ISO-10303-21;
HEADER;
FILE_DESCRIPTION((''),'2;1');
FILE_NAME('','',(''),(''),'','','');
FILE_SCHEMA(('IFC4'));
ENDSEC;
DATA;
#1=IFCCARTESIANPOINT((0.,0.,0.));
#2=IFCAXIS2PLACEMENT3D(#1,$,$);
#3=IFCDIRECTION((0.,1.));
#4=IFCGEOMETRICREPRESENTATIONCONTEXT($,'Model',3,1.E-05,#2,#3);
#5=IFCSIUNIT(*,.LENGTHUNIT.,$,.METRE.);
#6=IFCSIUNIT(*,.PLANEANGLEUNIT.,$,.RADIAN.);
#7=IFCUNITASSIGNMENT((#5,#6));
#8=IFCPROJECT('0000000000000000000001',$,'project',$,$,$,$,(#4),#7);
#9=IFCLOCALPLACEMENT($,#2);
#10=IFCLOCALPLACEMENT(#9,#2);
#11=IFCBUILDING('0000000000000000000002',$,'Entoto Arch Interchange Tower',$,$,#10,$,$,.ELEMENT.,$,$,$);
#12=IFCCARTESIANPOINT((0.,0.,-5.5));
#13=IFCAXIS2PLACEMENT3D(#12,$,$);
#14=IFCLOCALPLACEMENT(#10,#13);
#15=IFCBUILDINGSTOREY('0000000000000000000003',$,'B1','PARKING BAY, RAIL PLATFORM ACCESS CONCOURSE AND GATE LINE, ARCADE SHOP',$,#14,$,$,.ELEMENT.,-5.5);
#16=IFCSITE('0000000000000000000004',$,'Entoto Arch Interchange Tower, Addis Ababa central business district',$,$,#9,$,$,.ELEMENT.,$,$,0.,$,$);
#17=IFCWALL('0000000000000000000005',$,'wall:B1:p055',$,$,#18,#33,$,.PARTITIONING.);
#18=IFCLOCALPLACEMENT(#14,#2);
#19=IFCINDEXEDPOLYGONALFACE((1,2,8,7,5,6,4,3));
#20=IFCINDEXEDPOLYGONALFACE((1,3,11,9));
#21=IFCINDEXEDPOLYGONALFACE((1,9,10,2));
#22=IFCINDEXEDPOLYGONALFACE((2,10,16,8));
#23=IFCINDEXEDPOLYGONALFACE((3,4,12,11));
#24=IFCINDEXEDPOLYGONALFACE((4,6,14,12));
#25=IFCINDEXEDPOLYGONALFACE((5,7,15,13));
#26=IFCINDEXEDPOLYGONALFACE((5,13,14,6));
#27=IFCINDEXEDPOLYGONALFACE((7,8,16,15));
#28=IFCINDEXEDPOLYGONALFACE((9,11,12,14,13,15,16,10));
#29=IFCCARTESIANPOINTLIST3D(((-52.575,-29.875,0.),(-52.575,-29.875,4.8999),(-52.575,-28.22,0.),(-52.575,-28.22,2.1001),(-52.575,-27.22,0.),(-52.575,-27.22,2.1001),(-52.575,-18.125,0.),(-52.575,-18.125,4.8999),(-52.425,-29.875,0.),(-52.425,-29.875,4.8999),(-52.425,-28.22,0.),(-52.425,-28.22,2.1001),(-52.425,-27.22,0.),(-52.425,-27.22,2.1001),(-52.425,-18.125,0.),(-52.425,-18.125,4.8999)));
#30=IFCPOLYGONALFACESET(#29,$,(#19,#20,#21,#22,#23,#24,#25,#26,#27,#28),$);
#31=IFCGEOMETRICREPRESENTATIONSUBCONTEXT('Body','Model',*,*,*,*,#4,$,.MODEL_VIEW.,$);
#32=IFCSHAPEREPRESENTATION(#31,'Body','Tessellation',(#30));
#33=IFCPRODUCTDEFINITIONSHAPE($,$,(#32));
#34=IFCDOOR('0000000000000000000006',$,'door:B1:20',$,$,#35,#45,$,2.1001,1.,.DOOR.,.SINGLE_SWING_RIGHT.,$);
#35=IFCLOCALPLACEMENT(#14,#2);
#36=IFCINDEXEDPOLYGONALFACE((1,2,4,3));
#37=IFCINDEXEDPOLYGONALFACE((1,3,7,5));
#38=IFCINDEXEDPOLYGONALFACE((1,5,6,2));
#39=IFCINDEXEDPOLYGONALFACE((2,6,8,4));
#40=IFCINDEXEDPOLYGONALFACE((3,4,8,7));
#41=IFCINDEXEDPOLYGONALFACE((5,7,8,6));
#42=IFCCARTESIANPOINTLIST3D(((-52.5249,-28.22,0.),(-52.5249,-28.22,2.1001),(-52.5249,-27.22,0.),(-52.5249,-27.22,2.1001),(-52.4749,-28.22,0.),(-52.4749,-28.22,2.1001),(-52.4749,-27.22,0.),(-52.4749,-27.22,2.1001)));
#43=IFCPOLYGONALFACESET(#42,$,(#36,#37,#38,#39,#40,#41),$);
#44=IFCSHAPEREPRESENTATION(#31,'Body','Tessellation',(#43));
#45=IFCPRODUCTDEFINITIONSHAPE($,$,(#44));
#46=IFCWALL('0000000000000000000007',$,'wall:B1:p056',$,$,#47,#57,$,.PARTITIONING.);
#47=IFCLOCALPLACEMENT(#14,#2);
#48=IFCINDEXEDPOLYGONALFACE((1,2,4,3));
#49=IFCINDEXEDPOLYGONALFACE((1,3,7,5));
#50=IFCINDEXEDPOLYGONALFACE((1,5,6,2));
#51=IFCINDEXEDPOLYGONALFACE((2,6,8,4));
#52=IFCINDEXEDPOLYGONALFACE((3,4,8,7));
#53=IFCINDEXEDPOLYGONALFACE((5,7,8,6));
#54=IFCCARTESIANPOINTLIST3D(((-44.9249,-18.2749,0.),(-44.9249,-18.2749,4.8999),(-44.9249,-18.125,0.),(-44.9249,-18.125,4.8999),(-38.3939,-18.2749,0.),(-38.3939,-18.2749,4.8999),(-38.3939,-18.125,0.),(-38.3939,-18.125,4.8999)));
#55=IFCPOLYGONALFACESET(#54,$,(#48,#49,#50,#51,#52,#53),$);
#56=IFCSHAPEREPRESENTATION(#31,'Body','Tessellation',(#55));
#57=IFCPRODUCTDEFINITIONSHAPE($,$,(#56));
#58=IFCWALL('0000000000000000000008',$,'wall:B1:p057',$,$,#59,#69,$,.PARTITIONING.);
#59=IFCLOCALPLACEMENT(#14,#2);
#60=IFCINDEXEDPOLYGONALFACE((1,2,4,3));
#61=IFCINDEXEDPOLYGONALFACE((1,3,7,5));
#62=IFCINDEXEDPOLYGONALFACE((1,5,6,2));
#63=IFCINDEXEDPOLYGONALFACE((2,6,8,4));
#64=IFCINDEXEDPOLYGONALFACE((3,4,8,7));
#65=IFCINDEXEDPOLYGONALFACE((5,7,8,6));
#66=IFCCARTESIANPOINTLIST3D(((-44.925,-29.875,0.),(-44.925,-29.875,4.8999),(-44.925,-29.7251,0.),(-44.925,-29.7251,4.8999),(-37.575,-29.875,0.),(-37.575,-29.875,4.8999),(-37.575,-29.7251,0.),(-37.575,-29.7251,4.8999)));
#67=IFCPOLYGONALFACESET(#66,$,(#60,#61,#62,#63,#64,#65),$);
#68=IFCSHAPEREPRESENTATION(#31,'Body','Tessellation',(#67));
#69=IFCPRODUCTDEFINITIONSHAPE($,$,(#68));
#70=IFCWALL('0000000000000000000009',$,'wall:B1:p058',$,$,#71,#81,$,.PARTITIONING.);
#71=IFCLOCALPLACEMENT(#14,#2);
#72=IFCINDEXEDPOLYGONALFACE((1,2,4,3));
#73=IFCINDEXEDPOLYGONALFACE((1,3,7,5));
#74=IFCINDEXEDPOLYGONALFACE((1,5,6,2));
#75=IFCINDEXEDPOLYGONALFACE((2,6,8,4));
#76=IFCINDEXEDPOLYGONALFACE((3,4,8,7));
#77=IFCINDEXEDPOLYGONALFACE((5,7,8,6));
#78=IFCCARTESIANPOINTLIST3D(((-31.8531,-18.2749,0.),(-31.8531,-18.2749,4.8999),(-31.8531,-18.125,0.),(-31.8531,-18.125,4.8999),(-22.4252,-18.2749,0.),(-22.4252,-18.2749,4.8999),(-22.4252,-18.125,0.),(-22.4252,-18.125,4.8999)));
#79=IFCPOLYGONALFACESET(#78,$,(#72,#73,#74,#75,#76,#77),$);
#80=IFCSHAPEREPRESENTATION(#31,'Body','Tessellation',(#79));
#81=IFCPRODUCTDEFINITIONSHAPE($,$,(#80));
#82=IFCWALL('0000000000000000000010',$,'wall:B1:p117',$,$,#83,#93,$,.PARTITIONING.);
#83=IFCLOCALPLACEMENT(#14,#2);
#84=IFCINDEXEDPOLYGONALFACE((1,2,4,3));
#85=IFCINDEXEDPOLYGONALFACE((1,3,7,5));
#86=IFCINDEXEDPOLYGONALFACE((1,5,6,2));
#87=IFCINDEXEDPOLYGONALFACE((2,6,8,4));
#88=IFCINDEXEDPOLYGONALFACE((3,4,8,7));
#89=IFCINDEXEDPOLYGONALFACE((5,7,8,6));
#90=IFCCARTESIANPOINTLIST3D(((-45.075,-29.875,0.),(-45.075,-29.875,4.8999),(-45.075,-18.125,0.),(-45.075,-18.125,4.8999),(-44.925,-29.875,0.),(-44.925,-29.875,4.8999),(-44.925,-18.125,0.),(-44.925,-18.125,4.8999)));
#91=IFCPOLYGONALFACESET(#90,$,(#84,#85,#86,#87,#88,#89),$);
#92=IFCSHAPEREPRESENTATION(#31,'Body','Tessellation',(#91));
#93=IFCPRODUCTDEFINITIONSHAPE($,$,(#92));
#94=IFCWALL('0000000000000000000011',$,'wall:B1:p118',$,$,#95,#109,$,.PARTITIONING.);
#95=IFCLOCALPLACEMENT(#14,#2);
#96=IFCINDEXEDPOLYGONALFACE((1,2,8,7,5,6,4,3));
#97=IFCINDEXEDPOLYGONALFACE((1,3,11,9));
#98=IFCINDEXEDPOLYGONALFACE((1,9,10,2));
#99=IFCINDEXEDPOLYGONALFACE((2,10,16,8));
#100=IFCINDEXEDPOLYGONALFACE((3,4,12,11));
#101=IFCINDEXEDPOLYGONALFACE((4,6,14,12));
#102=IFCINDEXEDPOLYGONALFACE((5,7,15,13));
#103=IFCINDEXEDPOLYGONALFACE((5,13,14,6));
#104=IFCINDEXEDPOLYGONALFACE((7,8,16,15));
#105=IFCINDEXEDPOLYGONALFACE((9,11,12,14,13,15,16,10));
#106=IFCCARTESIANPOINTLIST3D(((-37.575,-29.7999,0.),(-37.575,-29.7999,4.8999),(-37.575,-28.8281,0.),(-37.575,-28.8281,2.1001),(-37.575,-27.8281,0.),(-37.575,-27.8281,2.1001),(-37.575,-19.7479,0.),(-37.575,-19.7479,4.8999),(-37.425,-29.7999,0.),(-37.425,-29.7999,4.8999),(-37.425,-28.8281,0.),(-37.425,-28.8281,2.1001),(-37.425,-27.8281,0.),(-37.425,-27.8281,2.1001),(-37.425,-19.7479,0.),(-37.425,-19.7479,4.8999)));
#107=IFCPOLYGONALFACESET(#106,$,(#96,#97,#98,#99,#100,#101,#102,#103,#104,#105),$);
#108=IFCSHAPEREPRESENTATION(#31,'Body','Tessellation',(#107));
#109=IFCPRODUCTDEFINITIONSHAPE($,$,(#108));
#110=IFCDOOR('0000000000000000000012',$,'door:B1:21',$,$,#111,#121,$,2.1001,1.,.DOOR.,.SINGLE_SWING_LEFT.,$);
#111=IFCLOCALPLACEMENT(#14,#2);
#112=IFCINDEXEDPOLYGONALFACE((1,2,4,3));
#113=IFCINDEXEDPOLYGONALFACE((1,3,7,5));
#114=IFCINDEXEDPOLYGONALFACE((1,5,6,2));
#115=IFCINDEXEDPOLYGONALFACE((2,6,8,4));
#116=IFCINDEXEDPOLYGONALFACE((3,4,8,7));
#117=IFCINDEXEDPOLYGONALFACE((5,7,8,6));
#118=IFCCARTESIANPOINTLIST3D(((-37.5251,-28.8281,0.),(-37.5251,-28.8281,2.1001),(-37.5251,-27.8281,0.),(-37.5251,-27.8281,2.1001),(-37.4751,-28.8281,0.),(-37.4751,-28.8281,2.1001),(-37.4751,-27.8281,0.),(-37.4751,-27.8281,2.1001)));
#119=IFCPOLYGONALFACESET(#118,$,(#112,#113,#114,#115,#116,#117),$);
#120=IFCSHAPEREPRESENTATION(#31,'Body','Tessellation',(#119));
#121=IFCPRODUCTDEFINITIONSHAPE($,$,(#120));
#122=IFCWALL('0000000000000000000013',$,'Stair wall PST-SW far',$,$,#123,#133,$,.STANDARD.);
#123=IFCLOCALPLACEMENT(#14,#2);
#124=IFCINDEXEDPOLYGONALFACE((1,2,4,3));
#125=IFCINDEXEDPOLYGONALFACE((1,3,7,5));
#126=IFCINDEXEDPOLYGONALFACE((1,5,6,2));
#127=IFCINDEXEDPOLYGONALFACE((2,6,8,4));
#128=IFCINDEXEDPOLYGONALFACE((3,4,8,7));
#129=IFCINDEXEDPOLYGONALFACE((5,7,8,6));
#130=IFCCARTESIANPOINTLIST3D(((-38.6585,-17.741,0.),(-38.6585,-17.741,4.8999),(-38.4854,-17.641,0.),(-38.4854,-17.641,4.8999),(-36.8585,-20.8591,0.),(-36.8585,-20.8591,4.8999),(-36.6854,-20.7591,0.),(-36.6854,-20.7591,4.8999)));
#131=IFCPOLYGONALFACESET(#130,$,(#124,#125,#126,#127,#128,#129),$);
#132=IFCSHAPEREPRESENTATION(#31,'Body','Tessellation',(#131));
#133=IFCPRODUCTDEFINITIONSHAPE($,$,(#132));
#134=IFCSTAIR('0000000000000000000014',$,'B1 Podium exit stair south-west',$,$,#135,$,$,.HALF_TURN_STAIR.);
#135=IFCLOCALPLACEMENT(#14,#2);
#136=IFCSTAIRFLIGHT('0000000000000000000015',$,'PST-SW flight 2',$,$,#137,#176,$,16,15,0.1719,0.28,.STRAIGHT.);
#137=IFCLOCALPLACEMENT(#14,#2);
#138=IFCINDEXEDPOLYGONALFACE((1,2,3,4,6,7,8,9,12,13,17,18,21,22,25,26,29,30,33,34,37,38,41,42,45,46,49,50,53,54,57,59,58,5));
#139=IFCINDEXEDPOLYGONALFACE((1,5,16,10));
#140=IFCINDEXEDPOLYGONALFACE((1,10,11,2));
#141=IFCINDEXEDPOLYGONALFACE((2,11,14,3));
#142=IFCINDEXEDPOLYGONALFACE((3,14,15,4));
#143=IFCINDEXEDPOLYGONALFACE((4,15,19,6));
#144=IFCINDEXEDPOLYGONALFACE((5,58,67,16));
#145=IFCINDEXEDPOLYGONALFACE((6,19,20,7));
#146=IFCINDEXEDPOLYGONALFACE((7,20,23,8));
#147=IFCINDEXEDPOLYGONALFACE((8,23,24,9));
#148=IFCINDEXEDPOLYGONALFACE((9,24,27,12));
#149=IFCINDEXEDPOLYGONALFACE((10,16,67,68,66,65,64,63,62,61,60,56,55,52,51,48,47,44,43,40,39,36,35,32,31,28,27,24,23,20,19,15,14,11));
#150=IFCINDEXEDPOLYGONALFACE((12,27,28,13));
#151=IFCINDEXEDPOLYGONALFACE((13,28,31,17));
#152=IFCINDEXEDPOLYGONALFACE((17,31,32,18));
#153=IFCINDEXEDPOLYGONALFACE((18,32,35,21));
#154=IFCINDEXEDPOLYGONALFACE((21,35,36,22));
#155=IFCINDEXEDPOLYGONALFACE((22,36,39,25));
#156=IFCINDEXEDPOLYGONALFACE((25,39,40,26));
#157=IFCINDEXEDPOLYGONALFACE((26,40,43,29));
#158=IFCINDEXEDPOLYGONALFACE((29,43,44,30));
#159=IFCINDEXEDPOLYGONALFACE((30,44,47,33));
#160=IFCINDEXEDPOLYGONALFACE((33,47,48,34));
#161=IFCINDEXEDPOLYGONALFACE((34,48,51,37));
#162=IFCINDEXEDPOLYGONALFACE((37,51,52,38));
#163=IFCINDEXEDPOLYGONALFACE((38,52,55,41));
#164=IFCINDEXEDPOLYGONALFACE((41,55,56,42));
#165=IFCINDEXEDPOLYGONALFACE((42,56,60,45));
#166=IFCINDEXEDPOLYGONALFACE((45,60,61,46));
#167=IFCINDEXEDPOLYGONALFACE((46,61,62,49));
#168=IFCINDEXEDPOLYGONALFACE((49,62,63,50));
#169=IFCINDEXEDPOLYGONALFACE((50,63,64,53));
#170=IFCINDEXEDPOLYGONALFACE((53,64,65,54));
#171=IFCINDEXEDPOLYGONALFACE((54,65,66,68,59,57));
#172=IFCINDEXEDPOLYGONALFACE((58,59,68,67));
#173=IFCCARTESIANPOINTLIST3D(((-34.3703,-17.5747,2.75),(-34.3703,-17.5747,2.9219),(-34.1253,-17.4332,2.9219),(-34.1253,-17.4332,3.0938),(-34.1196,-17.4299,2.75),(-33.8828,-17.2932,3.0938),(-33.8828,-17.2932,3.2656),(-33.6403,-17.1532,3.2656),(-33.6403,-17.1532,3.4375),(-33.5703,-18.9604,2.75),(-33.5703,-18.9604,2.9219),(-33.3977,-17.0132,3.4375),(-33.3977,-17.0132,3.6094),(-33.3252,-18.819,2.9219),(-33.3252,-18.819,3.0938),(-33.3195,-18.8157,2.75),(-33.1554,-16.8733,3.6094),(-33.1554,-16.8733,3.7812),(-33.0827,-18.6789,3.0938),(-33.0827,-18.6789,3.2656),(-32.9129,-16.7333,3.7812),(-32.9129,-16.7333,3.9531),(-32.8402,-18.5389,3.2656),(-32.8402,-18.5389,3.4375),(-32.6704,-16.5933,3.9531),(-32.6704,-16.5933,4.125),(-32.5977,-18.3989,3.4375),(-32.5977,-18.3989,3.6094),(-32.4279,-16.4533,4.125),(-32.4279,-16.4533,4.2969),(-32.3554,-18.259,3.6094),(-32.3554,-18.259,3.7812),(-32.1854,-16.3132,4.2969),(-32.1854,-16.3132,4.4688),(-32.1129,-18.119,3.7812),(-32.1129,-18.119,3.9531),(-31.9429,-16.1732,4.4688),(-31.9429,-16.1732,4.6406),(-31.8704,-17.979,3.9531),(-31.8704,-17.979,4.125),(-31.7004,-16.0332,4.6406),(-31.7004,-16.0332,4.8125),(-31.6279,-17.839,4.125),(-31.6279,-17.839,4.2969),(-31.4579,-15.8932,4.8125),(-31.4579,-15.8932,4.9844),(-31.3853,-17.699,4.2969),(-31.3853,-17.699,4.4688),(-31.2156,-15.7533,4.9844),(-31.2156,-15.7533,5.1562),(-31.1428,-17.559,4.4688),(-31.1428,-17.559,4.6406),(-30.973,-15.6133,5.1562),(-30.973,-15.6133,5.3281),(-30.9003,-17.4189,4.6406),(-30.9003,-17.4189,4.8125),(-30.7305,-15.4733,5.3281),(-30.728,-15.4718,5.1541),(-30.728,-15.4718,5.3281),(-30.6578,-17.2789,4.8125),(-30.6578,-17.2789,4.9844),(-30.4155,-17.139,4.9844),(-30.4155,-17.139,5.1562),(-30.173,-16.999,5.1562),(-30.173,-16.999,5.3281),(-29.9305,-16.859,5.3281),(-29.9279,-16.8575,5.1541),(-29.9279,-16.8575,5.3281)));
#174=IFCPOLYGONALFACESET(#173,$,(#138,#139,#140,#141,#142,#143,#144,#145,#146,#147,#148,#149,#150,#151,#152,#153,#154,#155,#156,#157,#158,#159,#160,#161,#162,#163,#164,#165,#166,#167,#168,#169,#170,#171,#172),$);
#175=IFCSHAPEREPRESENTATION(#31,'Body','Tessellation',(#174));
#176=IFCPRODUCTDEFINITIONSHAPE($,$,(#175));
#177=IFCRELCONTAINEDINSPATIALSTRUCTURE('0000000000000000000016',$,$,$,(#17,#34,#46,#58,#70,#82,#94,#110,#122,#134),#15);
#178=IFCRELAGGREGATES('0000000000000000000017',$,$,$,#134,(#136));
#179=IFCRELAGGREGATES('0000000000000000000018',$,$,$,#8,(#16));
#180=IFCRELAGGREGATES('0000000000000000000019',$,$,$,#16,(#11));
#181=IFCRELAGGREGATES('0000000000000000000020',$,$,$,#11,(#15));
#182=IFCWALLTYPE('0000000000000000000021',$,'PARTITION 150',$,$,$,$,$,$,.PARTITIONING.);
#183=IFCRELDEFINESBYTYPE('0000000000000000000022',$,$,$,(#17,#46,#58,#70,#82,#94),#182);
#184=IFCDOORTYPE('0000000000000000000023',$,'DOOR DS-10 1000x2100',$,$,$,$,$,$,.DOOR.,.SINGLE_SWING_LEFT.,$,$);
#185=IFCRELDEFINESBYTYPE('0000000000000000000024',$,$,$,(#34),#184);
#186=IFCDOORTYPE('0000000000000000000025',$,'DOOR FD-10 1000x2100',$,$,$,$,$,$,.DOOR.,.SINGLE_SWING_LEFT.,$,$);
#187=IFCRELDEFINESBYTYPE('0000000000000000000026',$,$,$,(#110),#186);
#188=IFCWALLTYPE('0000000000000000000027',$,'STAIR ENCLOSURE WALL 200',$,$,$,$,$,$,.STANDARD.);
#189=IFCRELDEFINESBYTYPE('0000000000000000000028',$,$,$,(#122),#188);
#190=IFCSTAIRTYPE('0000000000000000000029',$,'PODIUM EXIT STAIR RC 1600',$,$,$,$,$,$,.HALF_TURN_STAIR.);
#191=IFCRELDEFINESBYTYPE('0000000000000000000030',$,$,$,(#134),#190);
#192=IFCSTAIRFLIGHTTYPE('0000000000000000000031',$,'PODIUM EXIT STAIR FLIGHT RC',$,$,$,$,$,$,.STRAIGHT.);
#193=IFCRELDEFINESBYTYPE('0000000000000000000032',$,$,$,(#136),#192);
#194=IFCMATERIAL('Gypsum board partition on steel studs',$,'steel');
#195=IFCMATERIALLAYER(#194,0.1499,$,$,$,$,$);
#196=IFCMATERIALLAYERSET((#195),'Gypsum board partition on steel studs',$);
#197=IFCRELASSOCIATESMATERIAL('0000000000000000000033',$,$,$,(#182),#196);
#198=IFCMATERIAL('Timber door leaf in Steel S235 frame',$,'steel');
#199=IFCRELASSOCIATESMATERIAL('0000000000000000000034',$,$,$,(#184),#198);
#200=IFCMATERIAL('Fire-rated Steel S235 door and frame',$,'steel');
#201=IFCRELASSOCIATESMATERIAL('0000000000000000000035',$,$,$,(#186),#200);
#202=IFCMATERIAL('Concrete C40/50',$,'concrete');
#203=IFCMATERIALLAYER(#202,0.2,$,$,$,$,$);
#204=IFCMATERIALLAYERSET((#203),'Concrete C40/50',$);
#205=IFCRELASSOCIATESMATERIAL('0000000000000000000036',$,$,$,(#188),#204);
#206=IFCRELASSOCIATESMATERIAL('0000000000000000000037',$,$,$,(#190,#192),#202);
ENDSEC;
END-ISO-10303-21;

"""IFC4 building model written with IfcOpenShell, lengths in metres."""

from ifc_helpers import new_model, si_unit, direction, frame, frame_2d, origin, place, context, subcontext, project, spatial, polyline, rectangle, outline, extrude, material, layer, layer_set, type_object, element, fill, aggregate, save


model = new_model("IFC4")

# Units and contexts
model_context = context("Model", 3, precision=1e-05, world=origin(), true_north=direction((0.0, 1.0)))
body_context = subcontext(model_context, "Body", "Model", "MODEL_VIEW")
ifc_project = project(units=[si_unit("LENGTHUNIT", "METRE"), si_unit("PLANEANGLEUNIT", "RADIAN")], contexts=[model_context])

# Site, building, storey
site_placement = place(None, origin())
site = spatial("IfcSite", under=ifc_project, at=site_placement, Name="Entoto Arch Interchange Tower, Addis Ababa central business district", CompositionType="ELEMENT", RefElevation=0.0)
building_placement = place(site_placement, origin())
building = spatial("IfcBuilding", under=site, at=building_placement, Name="Entoto Arch Interchange Tower", CompositionType="ELEMENT")
storey_placement = place(building_placement, frame((0.0, 0.0, -5.5)))
storey = spatial("IfcBuildingStorey", under=building, at=storey_placement, Name="B1", Description="PARKING BAY, RAIL PLATFORM ACCESS CONCOURSE AND GATE LINE, ARCADE SHOP", CompositionType="ELEMENT", Elevation=-5.5)

# Shared definitions
ifc_material_1 = material(Name="Concrete C40/50", Category="concrete")

# Shared definitions
ifc_material_2 = material(Name="Gypsum board partition on steel studs", Category="steel")
ifc_layer_1 = layer(ifc_material_2, 0.1499)
ifc_layer_set_1 = layer_set([ifc_layer_1], Name="Gypsum board partition on steel studs")
wall_type_1 = type_object("IfcWallType", Name="PARTITION 150", PredefinedType="PARTITIONING", material=ifc_layer_set_1)

# Wall, opening, door
wall_1_placement = place(storey_placement, frame((-52.5, -29.875, 0.0), z_axis=(0.0, 0.0, 1.0), x_axis=(0.0, 1.0, 0.0)))
wall_1 = element("IfcWall", 1, at=wall_1_placement, inside=storey, type_object=wall_type_1, Name="wall:B1:p055", PredefinedType="PARTITIONING", context=body_context, shape_type="SweptSolid", body=[
    extrude(rectangle(XDim=11.75, YDim=0.1499, at=frame_2d((5.875, 0.0))), origin(), (0.0, 0.0, 1.0), 4.8999),
])
opening_1_placement = place(wall_1_placement, frame((1.655, 0.0, 0.0)))
opening_1 = element("IfcOpeningElement", 2, at=opening_1_placement, cuts=wall_1, PredefinedType="OPENING", context=body_context, shape_type="SweptSolid", body=[
    extrude(rectangle(XDim=1.0, YDim=2.1001, at=frame_2d((0.5, 1.05))), frame((0.0, 0.085, 0.0), z_axis=(0.0, -1.0, 0.0), x_axis=(1.0, 0.0, 0.0)), (0.0, 0.0, 1.0), 0.1699),
])
ifc_material_3 = material(Name="Timber door leaf in Steel S235 frame", Category="steel")
door_type_1 = type_object("IfcDoorType", Name="DOOR DS-10 1000x2100", OperationType="SINGLE_SWING_LEFT", PredefinedType="DOOR", material=ifc_material_3)
door_1_placement = place(opening_1_placement, origin())
door_1 = element("IfcDoor", 3, at=door_1_placement, inside=storey, type_object=door_type_1, Name="door:B1:20", OperationType="SINGLE_SWING_RIGHT", OverallHeight=2.1001, OverallWidth=1.0, PredefinedType="DOOR", context=body_context, shape_type="SweptSolid", body=[
    extrude(rectangle(XDim=1.0, YDim=2.1001, at=frame_2d((0.5, 1.05))), frame((0.0, 0.0249, 0.0), z_axis=(0.0, -1.0, 0.0), x_axis=(1.0, 0.0, 0.0)), (0.0, 0.0, 1.0), 0.05),
])
fill(opening_1, door_1)

# Walls
wall_2_placement = place(storey_placement, frame((-44.925, -18.2, 0.0), z_axis=(0.0, 0.0, 1.0), x_axis=(1.0, 0.0, 0.0)))
element("IfcWall", 4, at=wall_2_placement, inside=storey, type_object=wall_type_1, Name="wall:B1:p056", PredefinedType="PARTITIONING", context=body_context, shape_type="SweptSolid", body=[
    extrude(rectangle(XDim=6.531, YDim=0.1499, at=frame_2d((3.2656, 0.0))), origin(), (0.0, 0.0, 1.0), 4.8999),
])
wall_3_placement = place(storey_placement, frame((-37.575, -29.8, 0.0), z_axis=(0.0, 0.0, 1.0), x_axis=(-1.0, 0.0, 0.0)))
element("IfcWall", 5, at=wall_3_placement, inside=storey, type_object=wall_type_1, Name="wall:B1:p057", PredefinedType="PARTITIONING", context=body_context, shape_type="SweptSolid", body=[
    extrude(rectangle(XDim=7.3501, YDim=0.1499, at=frame_2d((3.675, 0.0))), origin(), (0.0, 0.0, 1.0), 4.8999),
])
wall_4_placement = place(storey_placement, frame((-31.853, -18.2, 0.0), z_axis=(0.0, 0.0, 1.0), x_axis=(1.0, 0.0, 0.0)))
element("IfcWall", 6, at=wall_4_placement, inside=storey, type_object=wall_type_1, Name="wall:B1:p058", PredefinedType="PARTITIONING", context=body_context, shape_type="SweptSolid", body=[
    extrude(rectangle(XDim=9.428, YDim=0.1499, at=frame_2d((4.7139, 0.0))), origin(), (0.0, 0.0, 1.0), 4.8999),
])
wall_5_placement = place(storey_placement, frame((-45.0, -18.125, 0.0), z_axis=(0.0, 0.0, 1.0), x_axis=(0.0, -1.0, 0.0)))
element("IfcWall", 7, at=wall_5_placement, inside=storey, type_object=wall_type_1, Name="wall:B1:p117", PredefinedType="PARTITIONING", context=body_context, shape_type="SweptSolid", body=[
    extrude(rectangle(XDim=11.75, YDim=0.1499, at=frame_2d((5.875, 0.0))), origin(), (0.0, 0.0, 1.0), 4.8999),
])

# Wall, opening, door
wall_6_placement = place(storey_placement, frame((-37.5, -19.748, 0.0), z_axis=(0.0, 0.0, 1.0), x_axis=(0.0, -1.0, 0.0)))
wall_6 = element("IfcWall", 8, at=wall_6_placement, inside=storey, type_object=wall_type_1, Name="wall:B1:p118", PredefinedType="PARTITIONING", context=body_context, shape_type="SweptSolid", body=[
    extrude(rectangle(XDim=10.052, YDim=0.1499, at=frame_2d((5.0259, 0.0))), origin(), (0.0, 0.0, 1.0), 4.8999),
])
opening_2_placement = place(wall_6_placement, frame((8.0801, 0.0, 0.0)))
opening_2 = element("IfcOpeningElement", 9, at=opening_2_placement, cuts=wall_6, PredefinedType="OPENING", context=body_context, shape_type="SweptSolid", body=[
    extrude(rectangle(XDim=1.0, YDim=2.1001, at=frame_2d((0.5, 1.05))), frame((0.0, 0.085, 0.0), z_axis=(0.0, -1.0, 0.0), x_axis=(1.0, 0.0, 0.0)), (0.0, 0.0, 1.0), 0.1699),
])
ifc_material_4 = material(Name="Fire-rated Steel S235 door and frame", Category="steel")
door_type_2 = type_object("IfcDoorType", Name="DOOR FD-10 1000x2100", OperationType="SINGLE_SWING_LEFT", PredefinedType="DOOR", material=ifc_material_4)
door_2_placement = place(opening_2_placement, origin())
door_2 = element("IfcDoor", 10, at=door_2_placement, inside=storey, type_object=door_type_2, Name="door:B1:21", OperationType="SINGLE_SWING_LEFT", OverallHeight=2.1001, OverallWidth=1.0, PredefinedType="DOOR", context=body_context, shape_type="SweptSolid", body=[
    extrude(rectangle(XDim=1.0, YDim=2.1001, at=frame_2d((0.5, 1.05))), frame((0.0, 0.0249, 0.0), z_axis=(0.0, -1.0, 0.0), x_axis=(1.0, 0.0, 0.0)), (0.0, 0.0, 1.0), 0.05),
])
fill(opening_2, door_2)

# Wall
ifc_layer_2 = layer(ifc_material_1, 0.2)
ifc_layer_set_2 = layer_set([ifc_layer_2], Name="Concrete C40/50")
wall_type_2 = type_object("IfcWallType", Name="STAIR ENCLOSURE WALL 200", PredefinedType="STANDARD", material=ifc_layer_set_2)
wall_7_placement = place(storey_placement, frame((-38.572, -17.6909, 0.0), z_axis=(0.0, 0.0, 1.0), x_axis=(0.499953, -0.866052, 0.0)))
element("IfcWall", 11, at=wall_7_placement, inside=storey, type_object=wall_type_2, Name="Stair wall PST-SW far", PredefinedType="STANDARD", context=body_context, shape_type="SweptSolid", body=[
    extrude(rectangle(XDim=3.6003, YDim=0.2, at=frame_2d((1.8003, 0.0))), origin(), (0.0, 0.0, 1.0), 4.8999),
])

# Stair, stair flight
stair_type = type_object("IfcStairType", Name="PODIUM EXIT STAIR RC 1600", PredefinedType="HALF_TURN_STAIR", material=ifc_material_1)
stair_placement = place(storey_placement, origin())
stair = element("IfcStair", 12, at=stair_placement, inside=storey, type_object=stair_type, Name="B1 Podium exit stair south-west", PredefinedType="HALF_TURN_STAIR")
stair_flight_type = type_object("IfcStairFlightType", Name="PODIUM EXIT STAIR FLIGHT RC", PredefinedType="STRAIGHT", material=ifc_material_1)
stair_flight_placement = place(storey_placement, frame((-33.9678, -18.2661, 2.75), z_axis=(0.0, 0.0, 1.0), x_axis=(0.866025, 0.5, 0.0)))
stair_flight = element("IfcStairFlight", 13, at=stair_flight_placement, type_object=stair_flight_type, Name="PST-SW flight 2", NumberOfRisers=16, NumberOfTreads=15, PredefinedType="STRAIGHT", RiserHeight=0.1719, TreadLength=0.28, context=body_context, shape_type="SweptSolid", body=[
    extrude(outline(polyline([(-0.0029, 0.0), (-0.0029, 0.1719), (0.28, 0.1719), (0.28, 0.3438), (0.5601, 0.3438), (0.5601, 0.5156), (0.8401, 0.5156), (0.8401, 0.6875), (1.1201, 0.6875), (1.1201, 0.8594), (1.3999, 0.8594), (1.3999, 1.0312), (1.6799, 1.0312), (1.6799, 1.2031), (1.96, 1.2031), (1.96, 1.375), (2.24, 1.375), (2.24, 1.5469), (2.52, 1.5469), (2.52, 1.7188), (2.8, 1.7188), (2.8, 1.8906), (3.0801, 1.8906), (3.0801, 2.0625), (3.3601, 2.0625), (3.3601, 2.2344), (3.6399, 2.2344), (3.6399, 2.4062), (3.9199, 2.4062), (3.9199, 2.5781), (4.2, 2.5781), (4.2029, 2.5781), (4.2029, 2.4041), (0.2866, 0.0), (-0.0029, 0.0)])), frame((0.0, 0.8, 0.0), z_axis=(0.0, -1.0, 0.0), x_axis=(1.0, 0.0, 0.0)), (0.0, 0.0, 1.0), 1.6001),
])
aggregate(stair, [stair_flight])

save(model, "model.ifc")
